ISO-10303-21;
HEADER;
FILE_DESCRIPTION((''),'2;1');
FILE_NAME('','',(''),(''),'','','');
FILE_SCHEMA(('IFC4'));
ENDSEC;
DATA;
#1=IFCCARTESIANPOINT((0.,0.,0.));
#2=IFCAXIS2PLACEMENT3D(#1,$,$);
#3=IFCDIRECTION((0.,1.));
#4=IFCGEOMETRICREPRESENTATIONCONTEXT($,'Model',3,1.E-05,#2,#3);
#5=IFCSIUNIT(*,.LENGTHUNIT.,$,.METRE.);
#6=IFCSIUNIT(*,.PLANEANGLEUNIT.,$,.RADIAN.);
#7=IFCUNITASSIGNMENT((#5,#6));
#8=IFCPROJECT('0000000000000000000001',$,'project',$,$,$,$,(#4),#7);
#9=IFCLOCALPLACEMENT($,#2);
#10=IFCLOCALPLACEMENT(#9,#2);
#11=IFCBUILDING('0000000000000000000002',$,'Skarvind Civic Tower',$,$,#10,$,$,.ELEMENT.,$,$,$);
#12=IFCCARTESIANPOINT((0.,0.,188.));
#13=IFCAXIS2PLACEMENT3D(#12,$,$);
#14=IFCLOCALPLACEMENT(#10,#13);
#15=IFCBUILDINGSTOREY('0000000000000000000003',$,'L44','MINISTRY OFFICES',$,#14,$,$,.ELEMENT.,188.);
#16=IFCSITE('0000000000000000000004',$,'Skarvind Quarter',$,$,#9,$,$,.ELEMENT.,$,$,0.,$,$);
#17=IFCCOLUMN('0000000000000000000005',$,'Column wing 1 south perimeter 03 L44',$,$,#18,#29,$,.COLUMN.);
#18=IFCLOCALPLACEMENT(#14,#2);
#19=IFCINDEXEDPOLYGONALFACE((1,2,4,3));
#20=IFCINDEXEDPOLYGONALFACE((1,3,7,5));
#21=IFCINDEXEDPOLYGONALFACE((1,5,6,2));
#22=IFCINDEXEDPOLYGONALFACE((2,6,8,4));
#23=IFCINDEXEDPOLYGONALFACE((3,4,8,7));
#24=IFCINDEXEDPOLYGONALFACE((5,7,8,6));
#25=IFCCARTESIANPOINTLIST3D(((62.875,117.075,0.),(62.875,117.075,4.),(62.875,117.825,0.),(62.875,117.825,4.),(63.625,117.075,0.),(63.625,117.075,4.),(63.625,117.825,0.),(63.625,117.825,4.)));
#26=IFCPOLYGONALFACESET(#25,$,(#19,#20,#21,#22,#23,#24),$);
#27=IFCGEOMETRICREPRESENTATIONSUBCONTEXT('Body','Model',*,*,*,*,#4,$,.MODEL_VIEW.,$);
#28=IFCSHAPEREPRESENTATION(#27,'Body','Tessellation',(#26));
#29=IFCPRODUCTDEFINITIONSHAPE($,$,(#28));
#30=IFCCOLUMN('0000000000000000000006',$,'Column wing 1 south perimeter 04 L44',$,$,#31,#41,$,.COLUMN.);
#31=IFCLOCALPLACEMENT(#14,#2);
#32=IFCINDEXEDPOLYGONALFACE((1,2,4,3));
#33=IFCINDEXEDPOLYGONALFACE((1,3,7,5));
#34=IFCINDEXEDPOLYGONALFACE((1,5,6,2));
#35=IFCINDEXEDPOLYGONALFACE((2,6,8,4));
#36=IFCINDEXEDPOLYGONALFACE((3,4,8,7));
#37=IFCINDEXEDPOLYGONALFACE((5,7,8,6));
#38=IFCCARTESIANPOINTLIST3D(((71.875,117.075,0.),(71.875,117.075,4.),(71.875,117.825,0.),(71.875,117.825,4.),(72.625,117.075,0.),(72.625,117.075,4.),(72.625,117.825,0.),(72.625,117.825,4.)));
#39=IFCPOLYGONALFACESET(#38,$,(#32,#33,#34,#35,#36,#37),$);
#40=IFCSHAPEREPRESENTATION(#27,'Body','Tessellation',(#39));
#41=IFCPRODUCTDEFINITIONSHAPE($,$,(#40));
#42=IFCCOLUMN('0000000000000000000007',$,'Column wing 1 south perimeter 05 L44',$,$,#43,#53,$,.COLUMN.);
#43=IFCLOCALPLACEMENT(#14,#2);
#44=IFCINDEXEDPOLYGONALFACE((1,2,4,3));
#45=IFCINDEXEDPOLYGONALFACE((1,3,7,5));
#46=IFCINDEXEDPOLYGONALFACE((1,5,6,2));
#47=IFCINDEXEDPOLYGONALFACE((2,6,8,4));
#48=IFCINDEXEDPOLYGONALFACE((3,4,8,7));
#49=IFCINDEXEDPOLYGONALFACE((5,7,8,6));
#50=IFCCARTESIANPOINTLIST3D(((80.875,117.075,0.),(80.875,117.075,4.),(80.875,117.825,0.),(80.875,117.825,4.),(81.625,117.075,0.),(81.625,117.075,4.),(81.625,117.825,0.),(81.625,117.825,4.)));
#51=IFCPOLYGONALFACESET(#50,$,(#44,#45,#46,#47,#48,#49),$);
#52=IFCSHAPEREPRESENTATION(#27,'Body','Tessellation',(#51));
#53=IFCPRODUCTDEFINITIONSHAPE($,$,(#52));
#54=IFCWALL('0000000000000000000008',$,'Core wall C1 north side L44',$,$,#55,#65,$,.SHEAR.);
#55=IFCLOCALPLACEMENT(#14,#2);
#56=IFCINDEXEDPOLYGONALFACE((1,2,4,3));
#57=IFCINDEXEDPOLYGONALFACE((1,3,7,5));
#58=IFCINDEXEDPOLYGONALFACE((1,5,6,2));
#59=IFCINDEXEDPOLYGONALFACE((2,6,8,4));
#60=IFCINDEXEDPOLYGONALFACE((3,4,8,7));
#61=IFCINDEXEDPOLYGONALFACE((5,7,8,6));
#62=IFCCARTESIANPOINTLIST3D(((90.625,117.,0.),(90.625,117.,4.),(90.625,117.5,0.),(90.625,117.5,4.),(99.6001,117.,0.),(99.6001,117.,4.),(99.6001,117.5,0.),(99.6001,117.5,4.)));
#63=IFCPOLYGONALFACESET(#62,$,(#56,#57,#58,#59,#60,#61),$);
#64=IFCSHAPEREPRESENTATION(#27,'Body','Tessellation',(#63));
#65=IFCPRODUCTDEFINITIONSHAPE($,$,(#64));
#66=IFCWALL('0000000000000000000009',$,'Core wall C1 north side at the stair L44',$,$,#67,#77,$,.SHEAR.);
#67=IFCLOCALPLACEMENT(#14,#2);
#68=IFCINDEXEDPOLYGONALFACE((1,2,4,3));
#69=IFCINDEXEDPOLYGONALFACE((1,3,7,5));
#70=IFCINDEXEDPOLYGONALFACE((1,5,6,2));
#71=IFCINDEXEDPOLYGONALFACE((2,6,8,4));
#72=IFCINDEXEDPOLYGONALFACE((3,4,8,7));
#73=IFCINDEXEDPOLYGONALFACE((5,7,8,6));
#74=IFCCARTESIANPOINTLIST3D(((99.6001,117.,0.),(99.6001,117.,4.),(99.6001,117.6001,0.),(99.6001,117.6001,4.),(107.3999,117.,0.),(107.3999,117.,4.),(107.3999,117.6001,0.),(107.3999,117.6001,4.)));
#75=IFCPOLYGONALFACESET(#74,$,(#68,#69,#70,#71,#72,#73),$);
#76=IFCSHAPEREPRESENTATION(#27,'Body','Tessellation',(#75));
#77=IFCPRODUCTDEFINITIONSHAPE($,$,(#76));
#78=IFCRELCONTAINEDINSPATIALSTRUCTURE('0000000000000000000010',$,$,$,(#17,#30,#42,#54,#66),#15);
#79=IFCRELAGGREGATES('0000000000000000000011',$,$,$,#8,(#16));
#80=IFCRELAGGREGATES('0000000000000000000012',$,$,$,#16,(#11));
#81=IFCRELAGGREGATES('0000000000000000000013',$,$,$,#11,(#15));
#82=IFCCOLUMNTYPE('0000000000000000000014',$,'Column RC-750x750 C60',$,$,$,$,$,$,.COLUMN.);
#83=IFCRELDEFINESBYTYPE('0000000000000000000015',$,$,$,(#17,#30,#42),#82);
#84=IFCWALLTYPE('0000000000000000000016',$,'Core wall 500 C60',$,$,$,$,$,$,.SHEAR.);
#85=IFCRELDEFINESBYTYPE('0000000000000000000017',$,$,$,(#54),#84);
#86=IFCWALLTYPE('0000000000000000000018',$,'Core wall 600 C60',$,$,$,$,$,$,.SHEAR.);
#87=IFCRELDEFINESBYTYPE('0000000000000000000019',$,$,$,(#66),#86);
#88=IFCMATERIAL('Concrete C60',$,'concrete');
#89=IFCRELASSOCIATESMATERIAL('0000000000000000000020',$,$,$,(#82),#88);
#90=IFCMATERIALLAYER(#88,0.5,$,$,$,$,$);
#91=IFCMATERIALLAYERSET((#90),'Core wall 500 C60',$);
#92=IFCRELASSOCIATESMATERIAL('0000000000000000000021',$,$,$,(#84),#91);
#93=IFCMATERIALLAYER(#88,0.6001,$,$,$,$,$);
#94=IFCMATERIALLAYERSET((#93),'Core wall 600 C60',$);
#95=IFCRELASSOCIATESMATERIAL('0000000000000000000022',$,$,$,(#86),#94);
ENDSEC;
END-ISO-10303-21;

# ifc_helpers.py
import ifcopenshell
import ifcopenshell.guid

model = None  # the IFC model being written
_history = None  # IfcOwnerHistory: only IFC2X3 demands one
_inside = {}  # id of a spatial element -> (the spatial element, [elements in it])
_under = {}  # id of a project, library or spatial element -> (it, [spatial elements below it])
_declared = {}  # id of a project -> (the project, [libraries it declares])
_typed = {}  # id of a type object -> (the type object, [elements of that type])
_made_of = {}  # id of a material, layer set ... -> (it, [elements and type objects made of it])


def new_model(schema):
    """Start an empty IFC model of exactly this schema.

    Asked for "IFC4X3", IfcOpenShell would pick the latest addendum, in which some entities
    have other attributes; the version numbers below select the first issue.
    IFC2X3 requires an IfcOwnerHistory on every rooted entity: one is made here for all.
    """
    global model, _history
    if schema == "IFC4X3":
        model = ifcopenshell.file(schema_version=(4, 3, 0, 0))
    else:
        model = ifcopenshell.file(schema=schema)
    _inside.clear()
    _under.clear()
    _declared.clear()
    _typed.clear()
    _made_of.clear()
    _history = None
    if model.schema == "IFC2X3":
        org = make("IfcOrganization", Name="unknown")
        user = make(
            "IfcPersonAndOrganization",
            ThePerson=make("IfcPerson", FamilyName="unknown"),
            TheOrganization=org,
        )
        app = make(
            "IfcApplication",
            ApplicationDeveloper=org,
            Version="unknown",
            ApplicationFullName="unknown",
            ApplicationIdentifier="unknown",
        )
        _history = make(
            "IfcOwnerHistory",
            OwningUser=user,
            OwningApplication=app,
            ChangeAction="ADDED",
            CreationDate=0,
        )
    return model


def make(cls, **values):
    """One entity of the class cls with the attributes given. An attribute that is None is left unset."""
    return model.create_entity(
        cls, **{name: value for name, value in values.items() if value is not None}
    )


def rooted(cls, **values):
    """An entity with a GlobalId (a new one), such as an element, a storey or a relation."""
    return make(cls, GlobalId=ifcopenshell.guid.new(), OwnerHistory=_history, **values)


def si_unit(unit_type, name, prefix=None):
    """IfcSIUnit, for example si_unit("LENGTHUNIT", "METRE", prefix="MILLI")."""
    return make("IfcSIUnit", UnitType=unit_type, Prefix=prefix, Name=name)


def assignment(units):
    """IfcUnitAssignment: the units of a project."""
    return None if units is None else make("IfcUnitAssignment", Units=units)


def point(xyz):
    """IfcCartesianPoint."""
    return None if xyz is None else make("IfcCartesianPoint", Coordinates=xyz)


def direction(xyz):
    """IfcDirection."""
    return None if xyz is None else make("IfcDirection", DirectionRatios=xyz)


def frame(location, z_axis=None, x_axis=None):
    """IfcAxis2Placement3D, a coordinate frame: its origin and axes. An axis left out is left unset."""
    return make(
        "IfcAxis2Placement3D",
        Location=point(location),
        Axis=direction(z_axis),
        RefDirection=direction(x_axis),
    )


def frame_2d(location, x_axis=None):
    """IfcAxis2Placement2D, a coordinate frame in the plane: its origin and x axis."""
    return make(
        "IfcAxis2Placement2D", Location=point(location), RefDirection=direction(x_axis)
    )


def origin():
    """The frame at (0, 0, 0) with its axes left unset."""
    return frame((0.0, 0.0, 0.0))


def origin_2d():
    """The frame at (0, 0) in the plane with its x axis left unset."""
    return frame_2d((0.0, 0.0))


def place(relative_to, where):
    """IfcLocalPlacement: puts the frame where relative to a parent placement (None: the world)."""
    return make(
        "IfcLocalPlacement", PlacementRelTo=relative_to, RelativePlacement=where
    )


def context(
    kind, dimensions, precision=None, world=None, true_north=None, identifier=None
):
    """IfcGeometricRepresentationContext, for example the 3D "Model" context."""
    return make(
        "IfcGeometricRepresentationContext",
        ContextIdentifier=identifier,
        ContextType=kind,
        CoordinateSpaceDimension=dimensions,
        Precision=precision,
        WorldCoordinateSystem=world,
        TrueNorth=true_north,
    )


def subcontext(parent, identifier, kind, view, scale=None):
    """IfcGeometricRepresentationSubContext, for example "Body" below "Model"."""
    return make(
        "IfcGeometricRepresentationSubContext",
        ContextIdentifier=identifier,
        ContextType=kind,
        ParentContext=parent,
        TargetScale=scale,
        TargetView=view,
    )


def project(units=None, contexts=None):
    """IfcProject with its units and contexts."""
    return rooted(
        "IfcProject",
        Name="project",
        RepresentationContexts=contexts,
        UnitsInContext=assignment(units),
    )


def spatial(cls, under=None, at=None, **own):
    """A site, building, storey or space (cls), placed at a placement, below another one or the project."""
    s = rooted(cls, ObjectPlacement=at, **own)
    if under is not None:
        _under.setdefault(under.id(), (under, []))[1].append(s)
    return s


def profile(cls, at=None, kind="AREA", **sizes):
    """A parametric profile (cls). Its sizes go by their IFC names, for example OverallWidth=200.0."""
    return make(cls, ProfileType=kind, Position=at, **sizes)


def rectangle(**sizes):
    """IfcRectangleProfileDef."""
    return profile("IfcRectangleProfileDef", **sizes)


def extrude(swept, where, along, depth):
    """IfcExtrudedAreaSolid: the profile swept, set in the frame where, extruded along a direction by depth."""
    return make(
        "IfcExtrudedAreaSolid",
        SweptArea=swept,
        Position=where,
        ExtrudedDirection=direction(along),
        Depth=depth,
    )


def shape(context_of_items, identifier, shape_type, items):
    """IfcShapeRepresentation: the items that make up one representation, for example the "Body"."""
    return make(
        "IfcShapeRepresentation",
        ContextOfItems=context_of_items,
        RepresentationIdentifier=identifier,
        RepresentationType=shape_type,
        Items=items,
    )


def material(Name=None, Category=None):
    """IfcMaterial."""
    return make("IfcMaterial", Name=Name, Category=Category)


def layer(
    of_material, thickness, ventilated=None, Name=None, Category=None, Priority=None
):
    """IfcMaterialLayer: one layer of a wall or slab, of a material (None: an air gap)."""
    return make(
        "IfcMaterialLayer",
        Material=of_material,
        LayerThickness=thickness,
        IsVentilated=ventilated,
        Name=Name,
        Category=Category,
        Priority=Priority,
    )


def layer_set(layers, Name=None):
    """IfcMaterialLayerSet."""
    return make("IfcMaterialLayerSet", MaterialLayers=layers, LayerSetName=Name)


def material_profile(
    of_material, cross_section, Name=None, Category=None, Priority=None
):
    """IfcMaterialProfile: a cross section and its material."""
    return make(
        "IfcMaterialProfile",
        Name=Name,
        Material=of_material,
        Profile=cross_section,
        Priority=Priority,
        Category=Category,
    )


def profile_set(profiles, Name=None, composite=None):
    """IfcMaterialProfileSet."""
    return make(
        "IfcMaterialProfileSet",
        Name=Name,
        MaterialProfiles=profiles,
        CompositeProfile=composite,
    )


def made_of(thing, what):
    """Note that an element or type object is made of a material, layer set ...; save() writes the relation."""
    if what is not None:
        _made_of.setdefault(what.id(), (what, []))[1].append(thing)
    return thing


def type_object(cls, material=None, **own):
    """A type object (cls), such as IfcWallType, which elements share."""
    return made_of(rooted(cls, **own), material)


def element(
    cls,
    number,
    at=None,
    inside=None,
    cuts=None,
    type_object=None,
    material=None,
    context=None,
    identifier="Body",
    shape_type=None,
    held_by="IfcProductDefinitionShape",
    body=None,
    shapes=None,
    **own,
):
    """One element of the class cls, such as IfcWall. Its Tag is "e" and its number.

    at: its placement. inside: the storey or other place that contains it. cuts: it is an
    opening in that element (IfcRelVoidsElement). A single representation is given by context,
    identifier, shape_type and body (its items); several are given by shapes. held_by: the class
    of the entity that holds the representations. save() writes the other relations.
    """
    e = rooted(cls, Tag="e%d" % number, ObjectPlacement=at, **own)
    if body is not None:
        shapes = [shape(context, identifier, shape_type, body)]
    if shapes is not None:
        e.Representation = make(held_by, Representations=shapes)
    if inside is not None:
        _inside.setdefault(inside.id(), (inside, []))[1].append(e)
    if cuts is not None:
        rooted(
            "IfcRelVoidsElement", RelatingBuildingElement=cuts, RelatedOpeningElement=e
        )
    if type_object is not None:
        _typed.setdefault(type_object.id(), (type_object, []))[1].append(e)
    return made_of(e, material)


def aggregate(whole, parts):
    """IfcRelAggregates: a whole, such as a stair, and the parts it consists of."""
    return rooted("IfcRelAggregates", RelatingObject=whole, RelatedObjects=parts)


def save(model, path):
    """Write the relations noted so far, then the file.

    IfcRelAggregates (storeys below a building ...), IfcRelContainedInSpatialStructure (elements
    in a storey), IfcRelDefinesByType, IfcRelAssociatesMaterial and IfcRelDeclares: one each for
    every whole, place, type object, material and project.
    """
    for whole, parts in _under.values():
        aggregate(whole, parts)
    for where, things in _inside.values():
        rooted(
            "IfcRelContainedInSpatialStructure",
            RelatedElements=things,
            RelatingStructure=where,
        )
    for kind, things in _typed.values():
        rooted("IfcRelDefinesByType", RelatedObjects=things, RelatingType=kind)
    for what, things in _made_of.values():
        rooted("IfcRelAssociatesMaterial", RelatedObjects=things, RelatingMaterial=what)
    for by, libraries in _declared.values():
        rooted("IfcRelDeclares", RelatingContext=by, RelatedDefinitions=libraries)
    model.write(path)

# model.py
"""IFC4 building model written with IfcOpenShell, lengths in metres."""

from ifc_helpers import new_model, si_unit, direction, frame, frame_2d, origin, origin_2d, place, context, subcontext, project, spatial, rectangle, extrude, material, layer, layer_set, material_profile, profile_set, type_object, element, save


model = new_model("IFC4")

# Units and contexts
model_context = context("Model", 3, precision=1e-05, world=origin(), true_north=direction((0.0, 1.0)))
body_context = subcontext(model_context, "Body", "Model", "MODEL_VIEW")
ifc_project = project(units=[si_unit("LENGTHUNIT", "METRE"), si_unit("PLANEANGLEUNIT", "RADIAN")], contexts=[model_context])

# Site, building, storey
site_placement = place(None, origin())
site = spatial("IfcSite", under=ifc_project, at=site_placement, Name="Skarvind Quarter", CompositionType="ELEMENT", RefElevation=0.0)
building_placement = place(site_placement, origin())
building = spatial("IfcBuilding", under=site, at=building_placement, Name="Skarvind Civic Tower", CompositionType="ELEMENT")
storey_placement = place(building_placement, frame((0.0, 0.0, 188.0)))
storey = spatial("IfcBuildingStorey", under=building, at=storey_placement, Name="L44", Description="MINISTRY OFFICES", CompositionType="ELEMENT", Elevation=188.0)

# Columns
ifc_material_1 = material(Name="Concrete C60", Category="concrete")
ifc_material_profile_1 = material_profile(ifc_material_1, rectangle(XDim=0.75, YDim=0.75, at=origin_2d()), Name="RC-750x750")
ifc_profile_set_1 = profile_set([ifc_material_profile_1], Name="Concrete C60")
column_type = type_object("IfcColumnType", Name="Column RC-750x750 C60", PredefinedType="COLUMN", material=ifc_profile_set_1)
for number, where, z_axis, x_axis, name in (
    (1, (63.25, 117.45, 0.0), (0.0, 0.0, 1.0), (1.0, 0.0, 0.0), "Column wing 1 south perimeter 03 L44"),
    (2, (72.25, 117.45, 0.0), (0.0, 0.0, 1.0), (1.0, 0.0, 0.0), "Column wing 1 south perimeter 04 L44"),
    (3, (81.25, 117.45, 0.0), (0.0, 0.0, 1.0), (1.0, 0.0, 0.0), "Column wing 1 south perimeter 05 L44"),
):
    element("IfcColumn", number, at=place(storey_placement, frame(where, z_axis=z_axis, x_axis=x_axis)), inside=storey, type_object=column_type, Name=name, PredefinedType="COLUMN", context=body_context, shape_type="SweptSolid", body=[
        extrude(rectangle(XDim=0.75, YDim=0.75, at=origin_2d()), origin(), (0.0, 0.0, 1.0), 4.0),
    ])

# Walls
ifc_layer_1 = layer(ifc_material_1, 0.5)
ifc_layer_set_1 = layer_set([ifc_layer_1], Name="Core wall 500 C60")
wall_type_1 = type_object("IfcWallType", Name="Core wall 500 C60", PredefinedType="SHEAR", material=ifc_layer_set_1)
wall_1_placement = place(storey_placement, frame((99.6001, 117.25, 0.0), z_axis=(0.0, 0.0, 1.0), x_axis=(-1.0, 0.0, 0.0)))
element("IfcWall", 4, at=wall_1_placement, inside=storey, type_object=wall_type_1, Name="Core wall C1 north side L44", PredefinedType="SHEAR", context=body_context, shape_type="SweptSolid", body=[
    extrude(rectangle(XDim=8.9751, YDim=0.5, at=frame_2d((4.4875, 0.0))), origin(), (0.0, 0.0, 1.0), 4.0),
])
ifc_layer_2 = layer(ifc_material_1, 0.6001)
ifc_layer_set_2 = layer_set([ifc_layer_2], Name="Core wall 600 C60")
wall_type_2 = type_object("IfcWallType", Name="Core wall 600 C60", PredefinedType="SHEAR", material=ifc_layer_set_2)
wall_2_placement = place(storey_placement, frame((107.3999, 117.3, 0.0), z_axis=(0.0, 0.0, 1.0), x_axis=(-1.0, 0.0, 0.0)))
element("IfcWall", 5, at=wall_2_placement, inside=storey, type_object=wall_type_2, Name="Core wall C1 north side at the stair L44", PredefinedType="SHEAR", context=body_context, shape_type="SweptSolid", body=[
    extrude(rectangle(XDim=7.7998, YDim=0.6001, at=frame_2d((3.8999, 0.0))), origin(), (0.0, 0.0, 1.0), 4.0),
])

save(model, "model.ifc")
